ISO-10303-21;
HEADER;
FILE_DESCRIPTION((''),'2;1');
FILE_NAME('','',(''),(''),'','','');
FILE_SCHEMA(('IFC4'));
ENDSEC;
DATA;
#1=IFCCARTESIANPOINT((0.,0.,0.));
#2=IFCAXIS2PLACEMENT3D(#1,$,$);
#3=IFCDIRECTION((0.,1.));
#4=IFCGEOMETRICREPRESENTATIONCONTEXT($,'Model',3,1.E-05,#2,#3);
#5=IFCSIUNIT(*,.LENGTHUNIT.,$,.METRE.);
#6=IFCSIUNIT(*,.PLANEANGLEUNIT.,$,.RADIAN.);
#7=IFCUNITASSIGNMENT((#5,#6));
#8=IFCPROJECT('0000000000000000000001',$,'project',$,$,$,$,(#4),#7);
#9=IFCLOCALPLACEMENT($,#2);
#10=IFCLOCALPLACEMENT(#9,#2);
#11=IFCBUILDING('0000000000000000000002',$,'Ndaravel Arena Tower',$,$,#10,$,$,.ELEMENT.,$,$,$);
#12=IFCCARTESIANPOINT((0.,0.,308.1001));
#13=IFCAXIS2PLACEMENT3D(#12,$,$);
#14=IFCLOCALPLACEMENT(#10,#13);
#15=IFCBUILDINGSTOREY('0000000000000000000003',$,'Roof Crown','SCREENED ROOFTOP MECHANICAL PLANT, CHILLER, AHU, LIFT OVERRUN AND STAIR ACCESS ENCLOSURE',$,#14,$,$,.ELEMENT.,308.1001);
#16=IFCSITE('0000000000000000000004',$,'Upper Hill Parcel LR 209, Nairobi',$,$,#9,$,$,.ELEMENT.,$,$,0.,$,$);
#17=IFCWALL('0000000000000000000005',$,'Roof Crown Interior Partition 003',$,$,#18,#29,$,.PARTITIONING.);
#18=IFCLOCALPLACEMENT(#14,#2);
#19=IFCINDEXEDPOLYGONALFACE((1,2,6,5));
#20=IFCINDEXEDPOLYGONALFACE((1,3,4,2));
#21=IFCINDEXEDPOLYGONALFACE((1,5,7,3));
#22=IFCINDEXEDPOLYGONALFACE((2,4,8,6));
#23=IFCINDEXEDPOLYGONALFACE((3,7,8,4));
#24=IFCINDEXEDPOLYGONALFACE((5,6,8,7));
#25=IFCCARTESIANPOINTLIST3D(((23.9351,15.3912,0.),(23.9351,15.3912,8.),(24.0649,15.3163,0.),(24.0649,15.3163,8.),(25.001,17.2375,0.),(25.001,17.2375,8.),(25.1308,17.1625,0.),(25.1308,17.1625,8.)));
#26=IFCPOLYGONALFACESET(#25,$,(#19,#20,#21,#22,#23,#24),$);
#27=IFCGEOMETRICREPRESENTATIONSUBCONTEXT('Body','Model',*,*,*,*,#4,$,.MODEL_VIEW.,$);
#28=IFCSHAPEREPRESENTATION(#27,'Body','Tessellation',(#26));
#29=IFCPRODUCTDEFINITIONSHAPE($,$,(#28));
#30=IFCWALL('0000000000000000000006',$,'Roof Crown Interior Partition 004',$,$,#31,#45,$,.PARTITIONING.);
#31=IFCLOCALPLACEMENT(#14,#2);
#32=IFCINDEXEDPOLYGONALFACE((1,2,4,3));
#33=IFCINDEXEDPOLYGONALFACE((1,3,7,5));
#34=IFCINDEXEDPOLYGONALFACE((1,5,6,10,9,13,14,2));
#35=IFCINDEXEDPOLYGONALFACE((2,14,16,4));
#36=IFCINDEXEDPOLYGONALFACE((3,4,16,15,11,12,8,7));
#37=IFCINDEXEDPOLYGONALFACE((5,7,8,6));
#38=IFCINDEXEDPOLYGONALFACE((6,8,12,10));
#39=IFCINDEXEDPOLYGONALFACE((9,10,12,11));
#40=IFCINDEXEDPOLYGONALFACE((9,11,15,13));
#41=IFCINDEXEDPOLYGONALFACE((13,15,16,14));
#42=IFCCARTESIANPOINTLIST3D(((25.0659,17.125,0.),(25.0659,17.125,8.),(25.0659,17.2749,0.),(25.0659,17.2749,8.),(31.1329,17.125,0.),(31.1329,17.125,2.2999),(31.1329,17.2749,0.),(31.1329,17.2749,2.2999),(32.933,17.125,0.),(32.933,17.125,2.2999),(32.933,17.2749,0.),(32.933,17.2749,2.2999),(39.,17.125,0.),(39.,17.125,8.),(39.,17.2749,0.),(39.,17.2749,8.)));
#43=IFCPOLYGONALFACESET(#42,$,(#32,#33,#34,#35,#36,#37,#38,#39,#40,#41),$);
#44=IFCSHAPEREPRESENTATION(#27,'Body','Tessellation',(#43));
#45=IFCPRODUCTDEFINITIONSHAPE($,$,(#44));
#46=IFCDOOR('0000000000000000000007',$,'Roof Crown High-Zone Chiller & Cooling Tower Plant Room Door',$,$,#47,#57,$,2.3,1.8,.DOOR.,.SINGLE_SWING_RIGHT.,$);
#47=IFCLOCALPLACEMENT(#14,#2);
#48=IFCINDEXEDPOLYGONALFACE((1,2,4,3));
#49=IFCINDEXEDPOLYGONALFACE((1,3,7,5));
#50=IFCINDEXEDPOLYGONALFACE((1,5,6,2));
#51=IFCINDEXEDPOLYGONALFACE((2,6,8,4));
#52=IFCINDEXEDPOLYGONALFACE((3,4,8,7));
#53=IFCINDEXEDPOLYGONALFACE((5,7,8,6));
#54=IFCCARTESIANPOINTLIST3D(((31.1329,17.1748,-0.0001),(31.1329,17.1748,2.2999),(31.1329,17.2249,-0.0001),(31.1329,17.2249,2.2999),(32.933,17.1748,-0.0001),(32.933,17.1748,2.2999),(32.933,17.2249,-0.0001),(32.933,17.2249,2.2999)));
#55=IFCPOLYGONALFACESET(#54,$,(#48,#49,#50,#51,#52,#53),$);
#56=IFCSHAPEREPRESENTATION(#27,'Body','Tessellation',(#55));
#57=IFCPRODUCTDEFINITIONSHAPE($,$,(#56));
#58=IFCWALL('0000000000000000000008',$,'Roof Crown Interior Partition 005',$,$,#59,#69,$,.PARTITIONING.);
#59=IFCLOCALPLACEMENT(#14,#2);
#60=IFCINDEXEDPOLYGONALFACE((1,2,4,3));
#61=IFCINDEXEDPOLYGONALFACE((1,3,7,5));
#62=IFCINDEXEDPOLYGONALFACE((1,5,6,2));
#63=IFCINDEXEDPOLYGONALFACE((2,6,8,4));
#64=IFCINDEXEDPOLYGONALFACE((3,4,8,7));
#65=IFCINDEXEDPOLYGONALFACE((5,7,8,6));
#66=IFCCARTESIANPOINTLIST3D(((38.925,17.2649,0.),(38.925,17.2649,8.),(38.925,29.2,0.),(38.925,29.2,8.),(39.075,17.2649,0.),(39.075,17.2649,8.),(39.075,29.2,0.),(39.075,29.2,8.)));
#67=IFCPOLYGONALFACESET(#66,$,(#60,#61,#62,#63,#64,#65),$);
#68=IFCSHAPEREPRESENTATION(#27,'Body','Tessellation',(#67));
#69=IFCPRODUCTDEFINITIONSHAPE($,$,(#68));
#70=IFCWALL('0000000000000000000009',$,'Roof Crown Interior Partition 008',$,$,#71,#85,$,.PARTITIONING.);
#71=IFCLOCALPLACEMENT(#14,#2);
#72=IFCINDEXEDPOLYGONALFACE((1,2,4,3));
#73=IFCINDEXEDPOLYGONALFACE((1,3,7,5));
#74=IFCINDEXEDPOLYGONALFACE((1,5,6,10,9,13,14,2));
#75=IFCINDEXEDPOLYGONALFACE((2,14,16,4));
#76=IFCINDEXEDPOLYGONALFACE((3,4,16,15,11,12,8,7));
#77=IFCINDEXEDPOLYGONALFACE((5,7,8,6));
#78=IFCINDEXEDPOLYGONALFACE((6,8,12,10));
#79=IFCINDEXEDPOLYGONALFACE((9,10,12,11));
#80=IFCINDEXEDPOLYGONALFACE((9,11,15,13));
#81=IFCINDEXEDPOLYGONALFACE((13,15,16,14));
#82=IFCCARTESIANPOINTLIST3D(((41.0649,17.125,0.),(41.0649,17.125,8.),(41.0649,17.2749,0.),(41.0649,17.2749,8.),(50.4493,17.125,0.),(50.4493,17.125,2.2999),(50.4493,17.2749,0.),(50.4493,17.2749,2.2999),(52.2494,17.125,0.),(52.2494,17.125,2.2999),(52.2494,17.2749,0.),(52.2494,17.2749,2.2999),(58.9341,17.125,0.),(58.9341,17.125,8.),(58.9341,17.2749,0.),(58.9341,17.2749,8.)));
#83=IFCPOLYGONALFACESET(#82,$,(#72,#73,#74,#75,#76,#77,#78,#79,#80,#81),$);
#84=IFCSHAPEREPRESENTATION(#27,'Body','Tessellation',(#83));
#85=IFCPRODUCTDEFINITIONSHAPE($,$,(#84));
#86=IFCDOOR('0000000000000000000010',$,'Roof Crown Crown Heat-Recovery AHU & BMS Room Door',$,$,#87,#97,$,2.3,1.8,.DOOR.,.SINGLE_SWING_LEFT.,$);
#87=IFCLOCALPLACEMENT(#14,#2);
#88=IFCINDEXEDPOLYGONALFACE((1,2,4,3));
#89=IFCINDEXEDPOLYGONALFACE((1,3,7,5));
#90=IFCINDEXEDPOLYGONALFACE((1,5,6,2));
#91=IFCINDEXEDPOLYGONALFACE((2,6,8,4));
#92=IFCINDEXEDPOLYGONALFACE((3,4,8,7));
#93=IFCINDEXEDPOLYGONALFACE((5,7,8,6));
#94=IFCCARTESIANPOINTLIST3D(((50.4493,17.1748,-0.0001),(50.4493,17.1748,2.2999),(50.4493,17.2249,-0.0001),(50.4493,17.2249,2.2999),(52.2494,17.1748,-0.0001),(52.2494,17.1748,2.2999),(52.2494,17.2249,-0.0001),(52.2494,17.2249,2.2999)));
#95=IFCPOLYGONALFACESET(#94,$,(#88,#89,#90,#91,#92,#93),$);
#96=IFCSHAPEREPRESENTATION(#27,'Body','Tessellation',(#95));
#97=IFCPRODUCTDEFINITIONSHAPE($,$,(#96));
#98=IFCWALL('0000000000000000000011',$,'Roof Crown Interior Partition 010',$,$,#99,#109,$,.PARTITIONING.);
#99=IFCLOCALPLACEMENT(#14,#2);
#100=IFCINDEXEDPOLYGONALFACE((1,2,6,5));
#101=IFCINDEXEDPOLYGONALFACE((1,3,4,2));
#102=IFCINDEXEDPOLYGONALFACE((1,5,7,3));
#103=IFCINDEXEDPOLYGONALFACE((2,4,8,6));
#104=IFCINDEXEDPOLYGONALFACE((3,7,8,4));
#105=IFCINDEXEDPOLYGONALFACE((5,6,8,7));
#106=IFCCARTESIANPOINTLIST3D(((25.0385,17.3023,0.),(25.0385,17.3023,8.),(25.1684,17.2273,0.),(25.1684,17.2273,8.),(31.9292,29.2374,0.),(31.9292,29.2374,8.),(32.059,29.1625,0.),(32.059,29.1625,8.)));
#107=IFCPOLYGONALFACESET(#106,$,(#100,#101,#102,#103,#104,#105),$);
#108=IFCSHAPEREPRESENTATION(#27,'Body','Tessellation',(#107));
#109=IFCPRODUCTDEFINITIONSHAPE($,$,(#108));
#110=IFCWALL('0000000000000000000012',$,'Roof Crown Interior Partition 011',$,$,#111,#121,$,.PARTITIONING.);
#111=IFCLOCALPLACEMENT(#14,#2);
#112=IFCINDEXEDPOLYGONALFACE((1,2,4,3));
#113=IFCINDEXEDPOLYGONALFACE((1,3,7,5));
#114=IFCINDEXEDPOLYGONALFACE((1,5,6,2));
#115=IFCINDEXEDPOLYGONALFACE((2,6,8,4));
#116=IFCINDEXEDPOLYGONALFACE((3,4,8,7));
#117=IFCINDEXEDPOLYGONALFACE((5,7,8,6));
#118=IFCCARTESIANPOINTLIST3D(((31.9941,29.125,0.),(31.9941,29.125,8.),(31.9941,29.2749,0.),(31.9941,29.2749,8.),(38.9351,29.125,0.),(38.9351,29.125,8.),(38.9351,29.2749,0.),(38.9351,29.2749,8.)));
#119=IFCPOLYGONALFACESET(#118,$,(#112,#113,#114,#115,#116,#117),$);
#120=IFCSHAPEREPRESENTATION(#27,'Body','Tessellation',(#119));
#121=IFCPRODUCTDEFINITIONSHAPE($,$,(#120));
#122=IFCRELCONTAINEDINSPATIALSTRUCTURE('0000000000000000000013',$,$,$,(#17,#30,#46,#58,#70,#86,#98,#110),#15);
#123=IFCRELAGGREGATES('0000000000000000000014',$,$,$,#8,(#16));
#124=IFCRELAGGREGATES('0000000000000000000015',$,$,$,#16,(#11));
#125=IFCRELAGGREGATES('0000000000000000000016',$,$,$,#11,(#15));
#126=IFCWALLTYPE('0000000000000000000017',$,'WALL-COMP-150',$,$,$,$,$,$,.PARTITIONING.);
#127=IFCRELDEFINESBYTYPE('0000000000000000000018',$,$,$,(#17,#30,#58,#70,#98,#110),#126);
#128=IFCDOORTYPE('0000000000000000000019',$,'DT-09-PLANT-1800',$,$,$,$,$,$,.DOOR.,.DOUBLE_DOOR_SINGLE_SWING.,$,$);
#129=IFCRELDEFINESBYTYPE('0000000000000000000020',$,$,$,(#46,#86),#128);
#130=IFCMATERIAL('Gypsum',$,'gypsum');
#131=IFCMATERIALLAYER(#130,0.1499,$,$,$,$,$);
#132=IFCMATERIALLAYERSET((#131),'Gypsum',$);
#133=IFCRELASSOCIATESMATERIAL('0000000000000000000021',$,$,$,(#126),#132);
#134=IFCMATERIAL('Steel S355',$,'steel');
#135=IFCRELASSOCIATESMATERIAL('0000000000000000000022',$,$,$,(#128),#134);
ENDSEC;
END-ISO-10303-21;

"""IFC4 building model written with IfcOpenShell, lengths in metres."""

from ifc_helpers import new_model, si_unit, direction, frame, frame_2d, origin, place, context, subcontext, project, spatial, rectangle, extrude, material, layer, layer_set, type_object, element, fill, save


model = new_model("IFC4")

# Units and contexts
model_context = context("Model", 3, precision=1e-05, world=origin(), true_north=direction((0.0, 1.0)))
body_context = subcontext(model_context, "Body", "Model", "MODEL_VIEW")
ifc_project = project(units=[si_unit("LENGTHUNIT", "METRE"), si_unit("PLANEANGLEUNIT", "RADIAN")], contexts=[model_context])

# Site, building, storey
site_placement = place(None, origin())
site = spatial("IfcSite", under=ifc_project, at=site_placement, Name="Upper Hill Parcel LR 209, Nairobi", CompositionType="ELEMENT", RefElevation=0.0)
building_placement = place(site_placement, origin())
building = spatial("IfcBuilding", under=site, at=building_placement, Name="Ndaravel Arena Tower", CompositionType="ELEMENT")
storey_placement = place(building_placement, frame((0.0, 0.0, 308.1001)))
storey = spatial("IfcBuildingStorey", under=building, at=storey_placement, Name="Roof Crown", Description="SCREENED ROOFTOP MECHANICAL PLANT, CHILLER, AHU, LIFT OVERRUN AND STAIR ACCESS ENCLOSURE", CompositionType="ELEMENT", Elevation=308.1001)

# Wall
ifc_material_1 = material(Name="Gypsum", Category="gypsum")
ifc_layer_1 = layer(ifc_material_1, 0.1499)
ifc_layer_set_1 = layer_set([ifc_layer_1], Name="Gypsum")
wall_type = type_object("IfcWallType", Name="WALL-COMP-150", PredefinedType="PARTITIONING", material=ifc_layer_set_1)
wall_1_placement = place(storey_placement, frame((24.0, 15.3538, 0.0), z_axis=(0.0, 0.0, 1.0), x_axis=(0.500007, 0.866022, 0.0)))
element("IfcWall", 1, at=wall_1_placement, inside=storey, type_object=wall_type, Name="Roof Crown Interior Partition 003", PredefinedType="PARTITIONING", context=body_context, shape_type="SweptSolid", body=[
    extrude(rectangle(XDim=2.1318, YDim=0.1499, at=frame_2d((1.0659, 0.0))), origin(), (0.0, 0.0, 1.0), 8.0),
])

# Wall, opening, door
wall_2_placement = place(storey_placement, frame((25.0659, 17.2, 0.0), z_axis=(0.0, 0.0, 1.0), x_axis=(1.0, 0.0, 0.0)))
wall_2 = element("IfcWall", 2, at=wall_2_placement, inside=storey, type_object=wall_type, Name="Roof Crown Interior Partition 004", PredefinedType="PARTITIONING", context=body_context, shape_type="SweptSolid", body=[
    extrude(rectangle(XDim=13.9341, YDim=0.1499, at=frame_2d((6.967, 0.0))), origin(), (0.0, 0.0, 1.0), 8.0),
])
opening_1_placement = place(wall_2_placement, frame((6.0671, 0.0, 0.0)))
opening_1 = element("IfcOpeningElement", 3, at=opening_1_placement, cuts=wall_2, PredefinedType="OPENING", context=body_context, shape_type="SweptSolid", body=[
    extrude(rectangle(XDim=1.8, YDim=2.3, at=frame_2d((0.8999, 1.1499))), frame((0.0, 0.075, 0.0), z_axis=(0.0, -1.0, 0.0), x_axis=(1.0, 0.0, 0.0)), (0.0, 0.0, 1.0), 0.1499),
])
ifc_material_2 = material(Name="Steel S355", Category="steel")
door_type = type_object("IfcDoorType", Name="DT-09-PLANT-1800", OperationType="DOUBLE_DOOR_SINGLE_SWING", PredefinedType="DOOR", material=ifc_material_2)
door_1_placement = place(opening_1_placement, origin())
door_1 = element("IfcDoor", 4, at=door_1_placement, inside=storey, type_object=door_type, Name="Roof Crown High-Zone Chiller & Cooling Tower Plant Room Door", OperationType="SINGLE_SWING_RIGHT", OverallHeight=2.3, OverallWidth=1.8, PredefinedType="DOOR", context=body_context, shape_type="SweptSolid", body=[
    extrude(rectangle(XDim=1.8, YDim=2.3, at=frame_2d((0.8999, 1.1499))), frame((0.0, 0.0249, 0.0), z_axis=(0.0, -1.0, 0.0), x_axis=(1.0, 0.0, 0.0)), (0.0, 0.0, 1.0), 0.05),
])
fill(opening_1, door_1)

# Wall
wall_3_placement = place(storey_placement, frame((39.0, 17.2649, 0.0), z_axis=(0.0, 0.0, 1.0), x_axis=(0.0, 1.0, 0.0)))
element("IfcWall", 5, at=wall_3_placement, inside=storey, type_object=wall_type, Name="Roof Crown Interior Partition 005", PredefinedType="PARTITIONING", context=body_context, shape_type="SweptSolid", body=[
    extrude(rectangle(XDim=11.9351, YDim=0.1499, at=frame_2d((5.9675, 0.0))), origin(), (0.0, 0.0, 1.0), 8.0),
])

# Wall, opening, door
wall_4_placement = place(storey_placement, frame((41.0649, 17.2, 0.0), z_axis=(0.0, 0.0, 1.0), x_axis=(1.0, 0.0, 0.0)))
wall_4 = element("IfcWall", 6, at=wall_4_placement, inside=storey, type_object=wall_type, Name="Roof Crown Interior Partition 008", PredefinedType="PARTITIONING", context=body_context, shape_type="SweptSolid", body=[
    extrude(rectangle(XDim=17.8691, YDim=0.1499, at=frame_2d((8.9346, 0.0))), origin(), (0.0, 0.0, 1.0), 8.0),
])
opening_2_placement = place(wall_4_placement, frame((9.3845, 0.0, 0.0)))
opening_2 = element("IfcOpeningElement", 7, at=opening_2_placement, cuts=wall_4, PredefinedType="OPENING", context=body_context, shape_type="SweptSolid", body=[
    extrude(rectangle(XDim=1.8, YDim=2.3, at=frame_2d((0.8999, 1.1499))), frame((0.0, 0.075, 0.0), z_axis=(0.0, -1.0, 0.0), x_axis=(1.0, 0.0, 0.0)), (0.0, 0.0, 1.0), 0.1499),
])
door_2_placement = place(opening_2_placement, origin())
door_2 = element("IfcDoor", 8, at=door_2_placement, inside=storey, type_object=door_type, Name="Roof Crown Crown Heat-Recovery AHU & BMS Room Door", OperationType="SINGLE_SWING_LEFT", OverallHeight=2.3, OverallWidth=1.8, PredefinedType="DOOR", context=body_context, shape_type="SweptSolid", body=[
    extrude(rectangle(XDim=1.8, YDim=2.3, at=frame_2d((0.8999, 1.1499))), frame((0.0, 0.0249, 0.0), z_axis=(0.0, -1.0, 0.0), x_axis=(1.0, 0.0, 0.0)), (0.0, 0.0, 1.0), 0.05),
])
fill(opening_2, door_2)

# Walls
wall_5_placement = place(storey_placement, frame((25.1035, 17.2649, 0.0), z_axis=(0.0, 0.0, 1.0), x_axis=(0.499995, 0.866028, 0.0)))
element("IfcWall", 9, at=wall_5_placement, inside=storey, type_object=wall_type, Name="Roof Crown Interior Partition 010", PredefinedType="PARTITIONING", context=body_context, shape_type="SweptSolid", body=[
    extrude(rectangle(XDim=13.7815, YDim=0.1499, at=frame_2d((6.8906, 0.0))), origin(), (0.0, 0.0, 1.0), 8.0),
])
wall_6_placement = place(storey_placement, frame((31.9941, 29.2, 0.0), z_axis=(0.0, 0.0, 1.0), x_axis=(1.0, 0.0, 0.0)))
element("IfcWall", 10, at=wall_6_placement, inside=storey, type_object=wall_type, Name="Roof Crown Interior Partition 011", PredefinedType="PARTITIONING", context=body_context, shape_type="SweptSolid", body=[
    extrude(rectangle(XDim=6.9409, YDim=0.1499, at=frame_2d((3.4705, 0.0))), origin(), (0.0, 0.0, 1.0), 8.0),
])

save(model, "model.ifc")
